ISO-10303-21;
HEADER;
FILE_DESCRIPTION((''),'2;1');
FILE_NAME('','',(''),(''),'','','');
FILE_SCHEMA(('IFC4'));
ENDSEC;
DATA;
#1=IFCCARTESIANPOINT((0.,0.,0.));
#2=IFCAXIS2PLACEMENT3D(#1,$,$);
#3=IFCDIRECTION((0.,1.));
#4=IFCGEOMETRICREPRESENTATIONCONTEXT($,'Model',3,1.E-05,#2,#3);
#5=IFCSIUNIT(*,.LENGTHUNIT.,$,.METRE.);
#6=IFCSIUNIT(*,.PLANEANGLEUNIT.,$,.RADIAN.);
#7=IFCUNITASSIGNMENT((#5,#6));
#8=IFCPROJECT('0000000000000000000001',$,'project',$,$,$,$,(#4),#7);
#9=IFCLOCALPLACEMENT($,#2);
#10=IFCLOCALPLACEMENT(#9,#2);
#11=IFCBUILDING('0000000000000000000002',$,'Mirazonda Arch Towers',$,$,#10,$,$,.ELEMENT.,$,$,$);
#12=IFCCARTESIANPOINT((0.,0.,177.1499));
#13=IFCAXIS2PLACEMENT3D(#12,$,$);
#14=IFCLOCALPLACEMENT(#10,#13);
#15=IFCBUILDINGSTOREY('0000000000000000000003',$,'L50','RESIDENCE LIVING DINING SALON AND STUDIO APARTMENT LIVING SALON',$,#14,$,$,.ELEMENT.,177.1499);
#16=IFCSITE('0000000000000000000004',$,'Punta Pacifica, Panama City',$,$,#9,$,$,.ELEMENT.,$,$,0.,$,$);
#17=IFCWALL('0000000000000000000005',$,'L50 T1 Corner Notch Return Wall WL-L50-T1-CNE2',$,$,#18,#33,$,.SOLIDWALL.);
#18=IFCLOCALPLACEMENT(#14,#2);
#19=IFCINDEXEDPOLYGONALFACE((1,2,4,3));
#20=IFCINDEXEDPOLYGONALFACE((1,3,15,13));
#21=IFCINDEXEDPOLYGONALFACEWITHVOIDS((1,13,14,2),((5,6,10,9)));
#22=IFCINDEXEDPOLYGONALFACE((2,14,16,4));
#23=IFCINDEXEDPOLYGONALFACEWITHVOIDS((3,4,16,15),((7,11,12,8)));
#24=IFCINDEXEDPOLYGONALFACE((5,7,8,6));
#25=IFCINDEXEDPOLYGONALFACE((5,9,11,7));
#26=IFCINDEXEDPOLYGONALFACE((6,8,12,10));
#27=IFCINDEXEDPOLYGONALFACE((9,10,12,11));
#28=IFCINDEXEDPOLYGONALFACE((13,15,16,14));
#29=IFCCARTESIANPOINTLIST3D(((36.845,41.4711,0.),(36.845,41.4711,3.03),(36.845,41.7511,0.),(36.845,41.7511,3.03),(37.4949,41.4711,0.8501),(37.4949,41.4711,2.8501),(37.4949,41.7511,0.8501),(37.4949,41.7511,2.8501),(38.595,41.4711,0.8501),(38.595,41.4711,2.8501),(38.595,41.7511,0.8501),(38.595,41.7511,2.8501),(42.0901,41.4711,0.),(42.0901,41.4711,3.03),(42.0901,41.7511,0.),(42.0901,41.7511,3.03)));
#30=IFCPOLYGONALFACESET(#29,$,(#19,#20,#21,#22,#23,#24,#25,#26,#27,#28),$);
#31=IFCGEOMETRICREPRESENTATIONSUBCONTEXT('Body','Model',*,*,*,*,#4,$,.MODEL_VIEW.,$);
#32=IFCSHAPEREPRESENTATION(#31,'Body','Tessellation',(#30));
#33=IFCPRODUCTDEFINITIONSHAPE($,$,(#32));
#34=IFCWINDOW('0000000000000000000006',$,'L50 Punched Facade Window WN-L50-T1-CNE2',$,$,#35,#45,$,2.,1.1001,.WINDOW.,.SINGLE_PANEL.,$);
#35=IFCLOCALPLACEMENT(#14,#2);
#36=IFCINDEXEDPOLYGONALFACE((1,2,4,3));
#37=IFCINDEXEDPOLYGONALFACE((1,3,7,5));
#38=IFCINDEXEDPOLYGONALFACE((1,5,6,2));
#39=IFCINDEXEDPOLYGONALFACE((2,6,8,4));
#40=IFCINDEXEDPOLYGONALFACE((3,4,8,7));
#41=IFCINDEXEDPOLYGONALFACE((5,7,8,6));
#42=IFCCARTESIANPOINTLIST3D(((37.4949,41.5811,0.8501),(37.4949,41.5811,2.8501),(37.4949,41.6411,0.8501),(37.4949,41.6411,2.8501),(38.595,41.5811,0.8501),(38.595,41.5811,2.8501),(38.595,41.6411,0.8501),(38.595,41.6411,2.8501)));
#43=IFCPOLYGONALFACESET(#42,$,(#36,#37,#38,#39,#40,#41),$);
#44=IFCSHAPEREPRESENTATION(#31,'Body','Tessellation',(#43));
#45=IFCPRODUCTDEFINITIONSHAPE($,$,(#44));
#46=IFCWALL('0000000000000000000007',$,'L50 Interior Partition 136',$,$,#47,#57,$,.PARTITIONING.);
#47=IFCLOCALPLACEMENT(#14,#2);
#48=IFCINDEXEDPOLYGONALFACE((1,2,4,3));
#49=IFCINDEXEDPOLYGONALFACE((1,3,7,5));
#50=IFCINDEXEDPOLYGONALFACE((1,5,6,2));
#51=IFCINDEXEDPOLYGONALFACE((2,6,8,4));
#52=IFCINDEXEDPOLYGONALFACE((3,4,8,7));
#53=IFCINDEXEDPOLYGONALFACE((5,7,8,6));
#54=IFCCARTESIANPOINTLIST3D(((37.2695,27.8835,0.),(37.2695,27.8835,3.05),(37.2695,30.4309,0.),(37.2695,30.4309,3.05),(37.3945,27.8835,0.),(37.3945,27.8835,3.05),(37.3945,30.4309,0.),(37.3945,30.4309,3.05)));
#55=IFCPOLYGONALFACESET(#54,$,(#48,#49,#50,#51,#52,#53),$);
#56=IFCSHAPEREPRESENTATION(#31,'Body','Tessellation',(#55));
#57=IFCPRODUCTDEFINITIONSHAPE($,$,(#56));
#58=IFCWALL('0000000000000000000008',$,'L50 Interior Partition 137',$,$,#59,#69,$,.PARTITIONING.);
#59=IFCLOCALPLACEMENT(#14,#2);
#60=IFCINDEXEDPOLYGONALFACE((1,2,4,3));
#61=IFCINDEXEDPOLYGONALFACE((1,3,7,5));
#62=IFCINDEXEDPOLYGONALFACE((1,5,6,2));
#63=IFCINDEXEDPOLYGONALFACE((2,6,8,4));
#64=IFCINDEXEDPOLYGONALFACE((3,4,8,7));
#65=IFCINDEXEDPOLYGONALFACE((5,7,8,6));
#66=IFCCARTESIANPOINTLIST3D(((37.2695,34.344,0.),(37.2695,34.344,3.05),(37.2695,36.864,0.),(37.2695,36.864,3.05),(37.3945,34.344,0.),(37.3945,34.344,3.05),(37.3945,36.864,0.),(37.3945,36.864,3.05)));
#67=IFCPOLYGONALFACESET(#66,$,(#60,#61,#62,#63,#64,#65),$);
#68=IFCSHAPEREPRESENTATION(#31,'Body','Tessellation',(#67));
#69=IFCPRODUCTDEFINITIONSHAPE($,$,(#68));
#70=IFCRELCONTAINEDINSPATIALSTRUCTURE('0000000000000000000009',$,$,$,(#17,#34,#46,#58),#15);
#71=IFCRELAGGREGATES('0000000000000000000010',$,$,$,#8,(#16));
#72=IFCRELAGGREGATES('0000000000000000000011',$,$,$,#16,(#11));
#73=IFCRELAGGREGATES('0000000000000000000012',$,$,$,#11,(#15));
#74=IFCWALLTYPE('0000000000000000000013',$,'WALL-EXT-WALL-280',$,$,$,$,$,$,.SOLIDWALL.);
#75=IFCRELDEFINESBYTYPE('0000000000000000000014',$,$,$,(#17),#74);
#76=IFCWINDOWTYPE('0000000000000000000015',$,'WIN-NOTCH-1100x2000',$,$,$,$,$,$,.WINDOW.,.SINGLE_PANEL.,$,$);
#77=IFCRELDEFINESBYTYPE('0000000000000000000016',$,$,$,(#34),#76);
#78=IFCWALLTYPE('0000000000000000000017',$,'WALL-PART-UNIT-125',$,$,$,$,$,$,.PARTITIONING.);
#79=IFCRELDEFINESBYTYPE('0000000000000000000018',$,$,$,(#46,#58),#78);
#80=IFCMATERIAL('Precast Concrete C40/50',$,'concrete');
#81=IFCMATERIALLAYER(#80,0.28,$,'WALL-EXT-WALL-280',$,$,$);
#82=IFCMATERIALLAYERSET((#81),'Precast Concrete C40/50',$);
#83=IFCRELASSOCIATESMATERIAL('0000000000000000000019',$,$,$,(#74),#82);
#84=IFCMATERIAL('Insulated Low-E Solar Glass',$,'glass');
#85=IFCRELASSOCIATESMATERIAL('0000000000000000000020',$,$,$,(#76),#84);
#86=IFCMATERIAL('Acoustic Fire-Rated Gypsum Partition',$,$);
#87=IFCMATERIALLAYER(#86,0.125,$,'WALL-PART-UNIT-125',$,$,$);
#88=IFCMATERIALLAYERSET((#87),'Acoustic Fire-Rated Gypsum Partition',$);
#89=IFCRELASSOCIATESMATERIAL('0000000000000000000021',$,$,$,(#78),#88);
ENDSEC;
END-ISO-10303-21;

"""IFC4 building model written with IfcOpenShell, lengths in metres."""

from ifc_helpers import new_model, si_unit, direction, frame, frame_2d, origin, place, context, subcontext, project, spatial, rectangle, extrude, material, layer, layer_set, type_object, element, fill, save


model = new_model("IFC4")

# Units and contexts
model_context = context("Model", 3, precision=1e-05, world=origin(), true_north=direction((0.0, 1.0)))
body_context = subcontext(model_context, "Body", "Model", "MODEL_VIEW")
ifc_project = project(units=[si_unit("LENGTHUNIT", "METRE"), si_unit("PLANEANGLEUNIT", "RADIAN")], contexts=[model_context])

# Site, building, storey
site_placement = place(None, origin())
site = spatial("IfcSite", under=ifc_project, at=site_placement, Name="Punta Pacifica, Panama City", CompositionType="ELEMENT", RefElevation=0.0)
building_placement = place(site_placement, origin())
building = spatial("IfcBuilding", under=site, at=building_placement, Name="Mirazonda Arch Towers", CompositionType="ELEMENT")
storey_placement = place(building_placement, frame((0.0, 0.0, 177.1499)))
storey = spatial("IfcBuildingStorey", under=building, at=storey_placement, Name="L50", Description="RESIDENCE LIVING DINING SALON AND STUDIO APARTMENT LIVING SALON", CompositionType="ELEMENT", Elevation=177.1499)

# Shared definitions
ifc_material_1 = material(Name="Insulated Low-E Solar Glass", Category="glass")

# Wall, opening, window
ifc_material_2 = material(Name="Precast Concrete C40/50", Category="concrete")
ifc_layer_1 = layer(ifc_material_2, 0.28, Name="WALL-EXT-WALL-280")
ifc_layer_set_1 = layer_set([ifc_layer_1], Name="Precast Concrete C40/50")
wall_type_1 = type_object("IfcWallType", Name="WALL-EXT-WALL-280", PredefinedType="SOLIDWALL", material=ifc_layer_set_1)
window_type = type_object("IfcWindowType", Name="WIN-NOTCH-1100x2000", PartitioningType="SINGLE_PANEL", PredefinedType="WINDOW", material=ifc_material_1)
wall_1_placement = place(storey_placement, frame((42.0901, 41.6111, 0.0), z_axis=(0.0, 0.0, 1.0), x_axis=(-1.0, 0.0, 0.0)))
wall_1 = element("IfcWall", 1, at=wall_1_placement, inside=storey, type_object=wall_type_1, Name="L50 T1 Corner Notch Return Wall WL-L50-T1-CNE2", PredefinedType="SOLIDWALL", context=body_context, shape_type="SweptSolid", body=[
    extrude(rectangle(XDim=5.2451, YDim=0.28, at=frame_2d((2.6226, 0.0))), origin(), (0.0, 0.0, 1.0), 3.03),
])
opening_1_placement = place(wall_1_placement, frame((3.4951, 0.0, 0.8501)))
opening_1 = element("IfcOpeningElement", 2, at=opening_1_placement, cuts=wall_1, PredefinedType="OPENING", context=body_context, shape_type="SweptSolid", body=[
    extrude(rectangle(XDim=1.1001, YDim=2.0, at=frame_2d((0.55, 1.0))), frame((0.0, 0.1499, 0.0), z_axis=(0.0, -1.0, 0.0), x_axis=(1.0, 0.0, 0.0)), (0.0, 0.0, 1.0), 0.3),
])
window_1_placement = place(opening_1_placement, origin())
window_1 = element("IfcWindow", 3, at=window_1_placement, inside=storey, type_object=window_type, Name="L50 Punched Facade Window WN-L50-T1-CNE2", OverallHeight=2.0, OverallWidth=1.1001, PartitioningType="SINGLE_PANEL", PredefinedType="WINDOW", context=body_context, shape_type="SweptSolid", body=[
    extrude(rectangle(XDim=1.1001, YDim=2.0, at=frame_2d((0.55, 1.0))), frame((0.0, 0.03, 0.0), z_axis=(0.0, -1.0, 0.0), x_axis=(1.0, 0.0, 0.0)), (0.0, 0.0, 1.0), 0.0601),
])
fill(opening_1, window_1)

# Walls
ifc_material_3 = material(Name="Acoustic Fire-Rated Gypsum Partition")
ifc_layer_2 = layer(ifc_material_3, 0.125, Name="WALL-PART-UNIT-125")
ifc_layer_set_2 = layer_set([ifc_layer_2], Name="Acoustic Fire-Rated Gypsum Partition")
wall_type_2 = type_object("IfcWallType", Name="WALL-PART-UNIT-125", PredefinedType="PARTITIONING", material=ifc_layer_set_2)
wall_2_placement = place(storey_placement, frame((37.332, 27.8835, 0.0), z_axis=(0.0, 0.0, 1.0), x_axis=(0.0, 1.0, 0.0)))
element("IfcWall", 4, at=wall_2_placement, inside=storey, type_object=wall_type_2, Name="L50 Interior Partition 136", PredefinedType="PARTITIONING", context=body_context, shape_type="SweptSolid", body=[
    extrude(rectangle(XDim=2.5474, YDim=0.125, at=frame_2d((1.2737, 0.0))), origin(), (0.0, 0.0, 1.0), 3.05),
])
wall_3_placement = place(storey_placement, frame((37.332, 34.344, 0.0), z_axis=(0.0, 0.0, 1.0), x_axis=(0.0, 1.0, 0.0)))
element("IfcWall", 5, at=wall_3_placement, inside=storey, type_object=wall_type_2, Name="L50 Interior Partition 137", PredefinedType="PARTITIONING", context=body_context, shape_type="SweptSolid", body=[
    extrude(rectangle(XDim=2.52, YDim=0.125, at=frame_2d((1.26, 0.0))), origin(), (0.0, 0.0, 1.0), 3.05),
])

save(model, "model.ifc")
